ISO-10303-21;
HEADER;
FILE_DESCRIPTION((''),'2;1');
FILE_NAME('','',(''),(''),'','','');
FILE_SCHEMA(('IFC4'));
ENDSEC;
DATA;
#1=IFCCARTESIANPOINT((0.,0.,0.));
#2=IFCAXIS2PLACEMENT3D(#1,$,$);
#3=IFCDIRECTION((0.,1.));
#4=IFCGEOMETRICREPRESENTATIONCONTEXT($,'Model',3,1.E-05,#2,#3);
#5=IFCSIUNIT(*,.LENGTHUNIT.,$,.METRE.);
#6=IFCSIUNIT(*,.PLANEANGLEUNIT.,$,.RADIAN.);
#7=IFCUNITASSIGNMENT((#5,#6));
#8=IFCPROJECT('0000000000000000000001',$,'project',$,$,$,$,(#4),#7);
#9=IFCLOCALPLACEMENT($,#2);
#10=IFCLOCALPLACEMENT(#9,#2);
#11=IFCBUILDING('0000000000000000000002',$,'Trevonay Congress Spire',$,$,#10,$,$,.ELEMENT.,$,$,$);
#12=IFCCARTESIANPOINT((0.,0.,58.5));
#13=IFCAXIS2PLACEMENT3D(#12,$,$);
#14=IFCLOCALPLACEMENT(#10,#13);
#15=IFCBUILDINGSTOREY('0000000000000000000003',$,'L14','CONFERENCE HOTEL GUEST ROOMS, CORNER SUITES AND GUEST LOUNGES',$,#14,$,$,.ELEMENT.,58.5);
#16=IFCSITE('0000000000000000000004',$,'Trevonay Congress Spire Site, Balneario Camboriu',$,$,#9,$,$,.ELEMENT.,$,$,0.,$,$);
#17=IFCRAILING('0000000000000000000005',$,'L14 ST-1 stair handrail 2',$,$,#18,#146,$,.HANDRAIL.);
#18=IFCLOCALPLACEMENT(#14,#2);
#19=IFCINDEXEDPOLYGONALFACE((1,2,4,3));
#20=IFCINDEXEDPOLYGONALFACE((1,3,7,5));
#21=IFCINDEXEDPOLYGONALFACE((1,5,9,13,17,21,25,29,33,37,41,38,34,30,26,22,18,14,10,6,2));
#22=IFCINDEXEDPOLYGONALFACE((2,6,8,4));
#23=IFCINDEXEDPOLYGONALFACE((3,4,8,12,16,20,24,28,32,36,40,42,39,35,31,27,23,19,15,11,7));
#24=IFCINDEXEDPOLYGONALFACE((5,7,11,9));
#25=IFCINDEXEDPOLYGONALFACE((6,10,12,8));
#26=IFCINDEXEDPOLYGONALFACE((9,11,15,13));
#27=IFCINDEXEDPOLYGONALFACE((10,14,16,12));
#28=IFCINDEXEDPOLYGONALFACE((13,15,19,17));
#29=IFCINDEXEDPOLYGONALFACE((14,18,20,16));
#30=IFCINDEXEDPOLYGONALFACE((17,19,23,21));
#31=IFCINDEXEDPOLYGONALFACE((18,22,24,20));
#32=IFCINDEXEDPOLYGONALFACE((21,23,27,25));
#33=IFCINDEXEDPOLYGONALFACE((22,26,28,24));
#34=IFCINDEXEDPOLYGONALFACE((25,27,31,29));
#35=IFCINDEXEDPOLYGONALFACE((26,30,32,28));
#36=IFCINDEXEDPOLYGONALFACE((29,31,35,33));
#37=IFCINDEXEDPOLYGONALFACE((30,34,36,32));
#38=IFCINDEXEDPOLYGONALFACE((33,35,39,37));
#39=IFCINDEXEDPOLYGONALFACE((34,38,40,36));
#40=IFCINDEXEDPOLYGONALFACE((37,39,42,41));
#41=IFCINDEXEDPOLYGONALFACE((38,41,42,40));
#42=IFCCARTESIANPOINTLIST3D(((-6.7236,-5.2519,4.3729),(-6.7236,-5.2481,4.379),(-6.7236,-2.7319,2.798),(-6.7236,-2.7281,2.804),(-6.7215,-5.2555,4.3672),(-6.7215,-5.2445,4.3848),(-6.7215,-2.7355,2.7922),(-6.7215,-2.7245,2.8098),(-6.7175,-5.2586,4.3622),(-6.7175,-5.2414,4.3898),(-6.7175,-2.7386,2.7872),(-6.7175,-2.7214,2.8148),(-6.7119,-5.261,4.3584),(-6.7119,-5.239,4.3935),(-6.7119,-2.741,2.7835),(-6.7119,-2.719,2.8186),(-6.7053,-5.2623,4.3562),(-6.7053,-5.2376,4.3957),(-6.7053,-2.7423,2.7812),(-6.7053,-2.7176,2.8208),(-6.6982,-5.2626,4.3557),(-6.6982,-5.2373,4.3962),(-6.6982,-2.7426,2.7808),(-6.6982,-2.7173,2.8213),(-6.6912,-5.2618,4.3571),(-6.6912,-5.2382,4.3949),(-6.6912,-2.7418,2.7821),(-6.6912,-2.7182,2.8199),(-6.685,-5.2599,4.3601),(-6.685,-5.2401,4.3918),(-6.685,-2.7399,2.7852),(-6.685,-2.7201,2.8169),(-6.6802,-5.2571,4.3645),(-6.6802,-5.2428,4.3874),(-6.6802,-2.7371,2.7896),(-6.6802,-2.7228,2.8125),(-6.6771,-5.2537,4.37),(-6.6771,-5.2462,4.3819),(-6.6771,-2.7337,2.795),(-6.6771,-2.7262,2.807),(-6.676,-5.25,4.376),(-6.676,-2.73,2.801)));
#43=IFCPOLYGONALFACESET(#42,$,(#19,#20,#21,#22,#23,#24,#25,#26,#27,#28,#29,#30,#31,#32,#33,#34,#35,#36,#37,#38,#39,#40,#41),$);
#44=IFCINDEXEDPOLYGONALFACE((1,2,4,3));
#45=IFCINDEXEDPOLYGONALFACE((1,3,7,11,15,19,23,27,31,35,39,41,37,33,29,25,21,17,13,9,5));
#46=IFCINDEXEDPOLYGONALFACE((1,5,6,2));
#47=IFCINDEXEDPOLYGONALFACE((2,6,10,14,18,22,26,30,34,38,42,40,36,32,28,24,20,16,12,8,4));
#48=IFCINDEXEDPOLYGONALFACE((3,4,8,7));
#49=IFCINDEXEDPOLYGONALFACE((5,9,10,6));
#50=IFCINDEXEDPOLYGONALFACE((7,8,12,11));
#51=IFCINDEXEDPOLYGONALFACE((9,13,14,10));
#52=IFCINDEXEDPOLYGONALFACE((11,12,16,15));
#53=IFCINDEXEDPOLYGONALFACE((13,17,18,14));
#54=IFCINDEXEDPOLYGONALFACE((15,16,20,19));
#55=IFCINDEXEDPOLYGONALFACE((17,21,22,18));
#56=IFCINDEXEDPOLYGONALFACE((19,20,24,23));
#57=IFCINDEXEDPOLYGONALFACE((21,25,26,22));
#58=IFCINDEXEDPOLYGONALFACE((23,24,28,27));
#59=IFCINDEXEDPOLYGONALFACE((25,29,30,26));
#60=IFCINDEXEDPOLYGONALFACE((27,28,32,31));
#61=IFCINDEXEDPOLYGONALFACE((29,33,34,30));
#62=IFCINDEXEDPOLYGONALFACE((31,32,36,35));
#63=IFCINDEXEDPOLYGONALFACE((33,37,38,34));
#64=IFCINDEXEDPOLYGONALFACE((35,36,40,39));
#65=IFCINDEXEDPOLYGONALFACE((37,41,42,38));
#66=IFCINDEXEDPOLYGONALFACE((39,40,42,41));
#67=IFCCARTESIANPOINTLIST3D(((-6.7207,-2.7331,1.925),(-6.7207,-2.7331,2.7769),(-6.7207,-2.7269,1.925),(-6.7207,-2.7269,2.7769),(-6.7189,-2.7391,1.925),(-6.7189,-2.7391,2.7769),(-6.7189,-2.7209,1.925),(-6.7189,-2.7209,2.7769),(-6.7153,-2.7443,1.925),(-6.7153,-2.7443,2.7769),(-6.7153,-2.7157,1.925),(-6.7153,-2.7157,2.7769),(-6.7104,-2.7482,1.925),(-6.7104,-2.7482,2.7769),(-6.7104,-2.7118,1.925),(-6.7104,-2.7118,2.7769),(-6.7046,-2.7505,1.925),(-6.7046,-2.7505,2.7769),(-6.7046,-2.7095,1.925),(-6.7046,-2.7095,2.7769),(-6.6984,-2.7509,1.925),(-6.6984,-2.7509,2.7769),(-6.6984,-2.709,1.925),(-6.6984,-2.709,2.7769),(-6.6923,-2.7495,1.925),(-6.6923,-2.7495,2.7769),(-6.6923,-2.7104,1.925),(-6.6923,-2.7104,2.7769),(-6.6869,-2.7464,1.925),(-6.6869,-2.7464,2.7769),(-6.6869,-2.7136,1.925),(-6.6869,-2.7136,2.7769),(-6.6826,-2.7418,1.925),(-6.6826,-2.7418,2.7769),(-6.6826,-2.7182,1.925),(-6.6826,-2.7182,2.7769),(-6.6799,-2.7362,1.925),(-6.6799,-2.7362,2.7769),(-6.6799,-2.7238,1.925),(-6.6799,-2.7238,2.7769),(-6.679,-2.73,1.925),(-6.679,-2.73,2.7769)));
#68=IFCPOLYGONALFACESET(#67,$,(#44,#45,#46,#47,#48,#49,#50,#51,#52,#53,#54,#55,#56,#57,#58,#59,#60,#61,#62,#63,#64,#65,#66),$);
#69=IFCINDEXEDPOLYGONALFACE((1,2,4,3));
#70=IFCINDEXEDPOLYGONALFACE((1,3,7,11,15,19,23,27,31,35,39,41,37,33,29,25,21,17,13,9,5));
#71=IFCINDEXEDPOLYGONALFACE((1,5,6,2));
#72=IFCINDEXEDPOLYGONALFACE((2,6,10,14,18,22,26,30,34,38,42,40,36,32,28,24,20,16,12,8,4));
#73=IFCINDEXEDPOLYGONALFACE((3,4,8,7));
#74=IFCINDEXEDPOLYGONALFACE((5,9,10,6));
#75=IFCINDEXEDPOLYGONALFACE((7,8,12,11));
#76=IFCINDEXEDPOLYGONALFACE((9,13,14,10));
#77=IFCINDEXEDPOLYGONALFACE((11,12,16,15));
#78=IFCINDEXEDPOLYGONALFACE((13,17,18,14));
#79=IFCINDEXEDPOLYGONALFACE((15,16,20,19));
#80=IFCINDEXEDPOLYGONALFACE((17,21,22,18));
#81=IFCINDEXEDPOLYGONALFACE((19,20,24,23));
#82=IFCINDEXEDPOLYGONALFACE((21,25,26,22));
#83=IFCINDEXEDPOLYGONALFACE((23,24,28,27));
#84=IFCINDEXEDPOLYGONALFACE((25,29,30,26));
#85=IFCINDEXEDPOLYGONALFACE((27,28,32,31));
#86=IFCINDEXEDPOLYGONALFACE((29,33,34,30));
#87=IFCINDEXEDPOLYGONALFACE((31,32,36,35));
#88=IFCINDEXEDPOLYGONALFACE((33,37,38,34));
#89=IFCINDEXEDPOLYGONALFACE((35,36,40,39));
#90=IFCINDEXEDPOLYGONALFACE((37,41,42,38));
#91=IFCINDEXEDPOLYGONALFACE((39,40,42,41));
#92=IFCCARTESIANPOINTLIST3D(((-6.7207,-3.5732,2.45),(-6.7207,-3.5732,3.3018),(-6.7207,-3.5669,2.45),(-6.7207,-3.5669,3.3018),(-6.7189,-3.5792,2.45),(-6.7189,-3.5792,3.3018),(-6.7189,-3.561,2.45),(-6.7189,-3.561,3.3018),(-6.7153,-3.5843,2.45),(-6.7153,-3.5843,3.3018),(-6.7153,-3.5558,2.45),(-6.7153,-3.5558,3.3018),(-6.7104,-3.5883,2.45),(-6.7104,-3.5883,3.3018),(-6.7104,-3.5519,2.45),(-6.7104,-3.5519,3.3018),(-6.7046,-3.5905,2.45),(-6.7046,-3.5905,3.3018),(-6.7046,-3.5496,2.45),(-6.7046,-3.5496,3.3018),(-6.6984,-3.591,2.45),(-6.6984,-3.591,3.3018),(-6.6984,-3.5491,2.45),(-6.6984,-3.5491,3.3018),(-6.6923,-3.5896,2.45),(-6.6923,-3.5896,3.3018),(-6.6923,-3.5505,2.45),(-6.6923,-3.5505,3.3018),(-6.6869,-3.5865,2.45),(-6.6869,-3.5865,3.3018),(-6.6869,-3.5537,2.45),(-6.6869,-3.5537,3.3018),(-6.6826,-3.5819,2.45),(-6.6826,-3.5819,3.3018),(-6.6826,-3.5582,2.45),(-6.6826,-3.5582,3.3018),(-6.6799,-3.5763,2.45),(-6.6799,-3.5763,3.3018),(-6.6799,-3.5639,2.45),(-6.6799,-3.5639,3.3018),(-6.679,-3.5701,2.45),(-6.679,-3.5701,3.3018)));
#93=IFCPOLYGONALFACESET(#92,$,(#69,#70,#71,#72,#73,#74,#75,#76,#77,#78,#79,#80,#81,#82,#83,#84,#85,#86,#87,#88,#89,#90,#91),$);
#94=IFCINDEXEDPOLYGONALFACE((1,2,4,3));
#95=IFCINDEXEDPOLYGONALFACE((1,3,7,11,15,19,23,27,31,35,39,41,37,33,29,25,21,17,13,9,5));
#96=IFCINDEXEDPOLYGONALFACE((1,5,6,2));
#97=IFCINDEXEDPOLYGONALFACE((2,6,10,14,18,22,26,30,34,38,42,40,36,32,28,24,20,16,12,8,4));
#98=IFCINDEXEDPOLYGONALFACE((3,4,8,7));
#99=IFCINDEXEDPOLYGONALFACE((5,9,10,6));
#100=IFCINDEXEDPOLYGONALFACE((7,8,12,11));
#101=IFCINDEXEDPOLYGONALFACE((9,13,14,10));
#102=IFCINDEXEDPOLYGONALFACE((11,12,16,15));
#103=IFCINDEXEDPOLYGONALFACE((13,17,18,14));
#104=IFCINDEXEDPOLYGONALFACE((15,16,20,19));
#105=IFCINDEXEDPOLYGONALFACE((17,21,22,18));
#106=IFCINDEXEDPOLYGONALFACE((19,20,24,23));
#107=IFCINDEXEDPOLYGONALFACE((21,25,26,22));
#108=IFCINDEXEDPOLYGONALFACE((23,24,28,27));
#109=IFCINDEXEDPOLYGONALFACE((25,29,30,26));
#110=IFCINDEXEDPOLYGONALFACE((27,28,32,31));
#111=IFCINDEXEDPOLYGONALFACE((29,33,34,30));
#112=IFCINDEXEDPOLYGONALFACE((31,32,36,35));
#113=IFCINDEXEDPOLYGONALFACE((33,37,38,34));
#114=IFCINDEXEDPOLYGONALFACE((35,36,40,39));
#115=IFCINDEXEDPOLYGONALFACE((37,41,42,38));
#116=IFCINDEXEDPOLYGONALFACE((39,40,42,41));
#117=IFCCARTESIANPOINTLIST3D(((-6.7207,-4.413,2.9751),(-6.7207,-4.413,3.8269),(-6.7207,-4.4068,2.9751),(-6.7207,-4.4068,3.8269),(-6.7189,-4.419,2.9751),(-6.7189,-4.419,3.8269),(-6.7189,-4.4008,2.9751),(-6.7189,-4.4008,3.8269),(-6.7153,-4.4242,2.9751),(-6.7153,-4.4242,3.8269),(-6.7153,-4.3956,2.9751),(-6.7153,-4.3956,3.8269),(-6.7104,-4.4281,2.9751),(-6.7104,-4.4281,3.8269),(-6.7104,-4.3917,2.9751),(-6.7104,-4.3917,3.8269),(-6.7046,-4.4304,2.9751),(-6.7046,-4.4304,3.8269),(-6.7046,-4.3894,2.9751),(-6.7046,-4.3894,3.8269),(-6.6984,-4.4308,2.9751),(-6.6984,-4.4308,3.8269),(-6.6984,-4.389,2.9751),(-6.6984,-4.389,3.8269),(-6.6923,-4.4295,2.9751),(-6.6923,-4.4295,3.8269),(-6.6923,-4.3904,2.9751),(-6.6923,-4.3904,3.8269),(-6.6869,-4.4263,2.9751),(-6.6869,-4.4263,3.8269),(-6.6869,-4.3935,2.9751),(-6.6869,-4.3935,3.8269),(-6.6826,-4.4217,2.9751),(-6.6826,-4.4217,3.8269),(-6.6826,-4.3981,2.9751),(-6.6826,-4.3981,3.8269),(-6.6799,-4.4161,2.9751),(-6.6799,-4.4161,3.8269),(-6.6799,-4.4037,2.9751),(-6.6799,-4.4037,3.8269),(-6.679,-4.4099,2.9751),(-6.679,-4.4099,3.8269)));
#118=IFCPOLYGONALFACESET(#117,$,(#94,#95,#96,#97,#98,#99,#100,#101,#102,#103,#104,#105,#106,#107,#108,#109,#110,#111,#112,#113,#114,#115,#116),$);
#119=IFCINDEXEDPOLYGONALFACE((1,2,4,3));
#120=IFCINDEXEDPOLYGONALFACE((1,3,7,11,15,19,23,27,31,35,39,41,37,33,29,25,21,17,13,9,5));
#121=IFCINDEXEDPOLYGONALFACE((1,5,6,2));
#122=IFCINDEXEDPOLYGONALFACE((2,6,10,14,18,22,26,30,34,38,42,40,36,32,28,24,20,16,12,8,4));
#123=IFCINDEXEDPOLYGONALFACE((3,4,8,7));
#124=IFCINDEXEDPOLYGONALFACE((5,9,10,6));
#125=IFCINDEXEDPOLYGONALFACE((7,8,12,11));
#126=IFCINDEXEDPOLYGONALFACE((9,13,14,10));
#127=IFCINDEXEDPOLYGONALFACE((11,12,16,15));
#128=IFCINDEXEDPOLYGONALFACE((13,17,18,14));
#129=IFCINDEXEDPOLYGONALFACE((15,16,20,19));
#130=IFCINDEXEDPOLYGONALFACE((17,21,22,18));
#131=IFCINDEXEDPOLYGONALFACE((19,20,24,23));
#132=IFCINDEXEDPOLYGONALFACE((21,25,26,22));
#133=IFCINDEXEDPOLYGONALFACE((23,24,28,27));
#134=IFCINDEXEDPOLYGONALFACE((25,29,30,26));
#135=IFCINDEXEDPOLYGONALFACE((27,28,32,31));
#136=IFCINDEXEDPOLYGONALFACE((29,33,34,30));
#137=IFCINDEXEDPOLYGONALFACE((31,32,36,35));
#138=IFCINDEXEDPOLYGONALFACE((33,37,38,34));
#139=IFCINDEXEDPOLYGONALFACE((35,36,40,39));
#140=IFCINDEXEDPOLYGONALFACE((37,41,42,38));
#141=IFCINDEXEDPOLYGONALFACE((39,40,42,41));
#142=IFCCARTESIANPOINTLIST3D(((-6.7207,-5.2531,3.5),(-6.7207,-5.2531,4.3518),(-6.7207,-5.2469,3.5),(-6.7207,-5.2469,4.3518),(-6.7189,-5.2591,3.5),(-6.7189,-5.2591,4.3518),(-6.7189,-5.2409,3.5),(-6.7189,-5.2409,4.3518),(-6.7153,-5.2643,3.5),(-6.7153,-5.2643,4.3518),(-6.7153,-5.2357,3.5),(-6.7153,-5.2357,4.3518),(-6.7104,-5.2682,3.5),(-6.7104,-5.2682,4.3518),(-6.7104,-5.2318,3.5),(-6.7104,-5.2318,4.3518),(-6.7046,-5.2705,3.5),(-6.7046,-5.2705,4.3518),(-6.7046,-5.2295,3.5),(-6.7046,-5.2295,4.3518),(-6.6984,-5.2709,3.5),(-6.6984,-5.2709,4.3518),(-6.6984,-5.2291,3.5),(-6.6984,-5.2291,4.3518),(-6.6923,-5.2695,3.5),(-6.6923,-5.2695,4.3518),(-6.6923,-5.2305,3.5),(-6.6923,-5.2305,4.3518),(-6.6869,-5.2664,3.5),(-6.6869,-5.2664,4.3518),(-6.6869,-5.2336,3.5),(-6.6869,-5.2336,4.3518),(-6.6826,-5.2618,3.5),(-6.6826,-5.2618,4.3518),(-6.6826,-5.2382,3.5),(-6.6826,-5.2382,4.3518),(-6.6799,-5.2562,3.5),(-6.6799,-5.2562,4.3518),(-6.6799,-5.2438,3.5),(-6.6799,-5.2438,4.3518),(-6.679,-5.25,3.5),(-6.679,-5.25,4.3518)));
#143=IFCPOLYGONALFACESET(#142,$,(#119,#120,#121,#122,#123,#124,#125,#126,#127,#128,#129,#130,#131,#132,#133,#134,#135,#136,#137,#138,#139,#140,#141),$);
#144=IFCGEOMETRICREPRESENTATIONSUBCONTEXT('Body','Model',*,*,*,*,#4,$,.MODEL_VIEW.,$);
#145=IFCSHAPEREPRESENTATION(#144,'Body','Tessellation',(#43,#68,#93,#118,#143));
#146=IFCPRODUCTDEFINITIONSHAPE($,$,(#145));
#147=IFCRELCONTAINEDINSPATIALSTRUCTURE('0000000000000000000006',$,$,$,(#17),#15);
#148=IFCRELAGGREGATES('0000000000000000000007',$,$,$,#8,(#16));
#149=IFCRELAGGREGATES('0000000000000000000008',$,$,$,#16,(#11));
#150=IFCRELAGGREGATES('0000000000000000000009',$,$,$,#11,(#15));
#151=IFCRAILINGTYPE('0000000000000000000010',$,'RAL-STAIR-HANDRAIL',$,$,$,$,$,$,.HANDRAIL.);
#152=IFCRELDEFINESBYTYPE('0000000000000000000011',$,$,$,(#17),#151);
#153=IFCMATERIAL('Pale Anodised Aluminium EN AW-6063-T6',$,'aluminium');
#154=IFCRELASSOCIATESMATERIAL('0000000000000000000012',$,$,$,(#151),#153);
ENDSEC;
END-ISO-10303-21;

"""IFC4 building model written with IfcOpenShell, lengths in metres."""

from ifc_helpers import new_model, si_unit, direction, frame, origin, origin_2d, place, context, subcontext, project, spatial, circle, extrude, material, type_object, element, save


model = new_model("IFC4")

# Units and contexts
model_context = context("Model", 3, precision=1e-05, world=origin(), true_north=direction((0.0, 1.0)))
body_context = subcontext(model_context, "Body", "Model", "MODEL_VIEW")
ifc_project = project(units=[si_unit("LENGTHUNIT", "METRE"), si_unit("PLANEANGLEUNIT", "RADIAN")], contexts=[model_context])

# Site, building, storey
site_placement = place(None, origin())
site = spatial("IfcSite", under=ifc_project, at=site_placement, Name="Trevonay Congress Spire Site, Balneario Camboriu", CompositionType="ELEMENT", RefElevation=0.0)
building_placement = place(site_placement, origin())
building = spatial("IfcBuilding", under=site, at=building_placement, Name="Trevonay Congress Spire", CompositionType="ELEMENT")
storey_placement = place(building_placement, frame((0.0, 0.0, 58.5)))
storey = spatial("IfcBuildingStorey", under=building, at=storey_placement, Name="L14", Description="CONFERENCE HOTEL GUEST ROOMS, CORNER SUITES AND GUEST LOUNGES", CompositionType="ELEMENT", Elevation=58.5)

# Shared definitions
ifc_material_1 = material(Name="Pale Anodised Aluminium EN AW-6063-T6", Category="aluminium")

# Railing
railing_type_1 = type_object("IfcRailingType", Name="RAL-STAIR-HANDRAIL", PredefinedType="HANDRAIL", material=ifc_material_1)
railing_1_placement = place(storey_placement, frame((-6.7, -2.73, 1.925)))
element("IfcRailing", 1, at=railing_1_placement, inside=storey, type_object=railing_type_1, Name="L14 ST-1 stair handrail 2", PredefinedType="HANDRAIL", context=body_context, shape_type="SweptSolid", body=[
    extrude(circle(Radius=0.0239, at=origin_2d()), frame((0.0, 0.0, 0.876), z_axis=(0.0, -0.848008, 0.529984), x_axis=(1.0, 0.0, 0.0)), (0.0, 0.0, 1.0), 2.9717),
    extrude(circle(Radius=0.021, at=origin_2d()), origin(), (0.0, 0.0, 1.0), 0.8518),
    extrude(circle(Radius=0.021, at=origin_2d()), frame((0.0, -0.8401, 0.5249)), (0.0, 0.0, 1.0), 0.8518),
    extrude(circle(Radius=0.021, at=origin_2d()), frame((0.0, -1.6799, 1.05)), (0.0, 0.0, 1.0), 0.8518),
    extrude(circle(Radius=0.021, at=origin_2d()), frame((0.0, -2.52, 1.575)), (0.0, 0.0, 1.0), 0.8518),
])

save(model, "model.ifc")
